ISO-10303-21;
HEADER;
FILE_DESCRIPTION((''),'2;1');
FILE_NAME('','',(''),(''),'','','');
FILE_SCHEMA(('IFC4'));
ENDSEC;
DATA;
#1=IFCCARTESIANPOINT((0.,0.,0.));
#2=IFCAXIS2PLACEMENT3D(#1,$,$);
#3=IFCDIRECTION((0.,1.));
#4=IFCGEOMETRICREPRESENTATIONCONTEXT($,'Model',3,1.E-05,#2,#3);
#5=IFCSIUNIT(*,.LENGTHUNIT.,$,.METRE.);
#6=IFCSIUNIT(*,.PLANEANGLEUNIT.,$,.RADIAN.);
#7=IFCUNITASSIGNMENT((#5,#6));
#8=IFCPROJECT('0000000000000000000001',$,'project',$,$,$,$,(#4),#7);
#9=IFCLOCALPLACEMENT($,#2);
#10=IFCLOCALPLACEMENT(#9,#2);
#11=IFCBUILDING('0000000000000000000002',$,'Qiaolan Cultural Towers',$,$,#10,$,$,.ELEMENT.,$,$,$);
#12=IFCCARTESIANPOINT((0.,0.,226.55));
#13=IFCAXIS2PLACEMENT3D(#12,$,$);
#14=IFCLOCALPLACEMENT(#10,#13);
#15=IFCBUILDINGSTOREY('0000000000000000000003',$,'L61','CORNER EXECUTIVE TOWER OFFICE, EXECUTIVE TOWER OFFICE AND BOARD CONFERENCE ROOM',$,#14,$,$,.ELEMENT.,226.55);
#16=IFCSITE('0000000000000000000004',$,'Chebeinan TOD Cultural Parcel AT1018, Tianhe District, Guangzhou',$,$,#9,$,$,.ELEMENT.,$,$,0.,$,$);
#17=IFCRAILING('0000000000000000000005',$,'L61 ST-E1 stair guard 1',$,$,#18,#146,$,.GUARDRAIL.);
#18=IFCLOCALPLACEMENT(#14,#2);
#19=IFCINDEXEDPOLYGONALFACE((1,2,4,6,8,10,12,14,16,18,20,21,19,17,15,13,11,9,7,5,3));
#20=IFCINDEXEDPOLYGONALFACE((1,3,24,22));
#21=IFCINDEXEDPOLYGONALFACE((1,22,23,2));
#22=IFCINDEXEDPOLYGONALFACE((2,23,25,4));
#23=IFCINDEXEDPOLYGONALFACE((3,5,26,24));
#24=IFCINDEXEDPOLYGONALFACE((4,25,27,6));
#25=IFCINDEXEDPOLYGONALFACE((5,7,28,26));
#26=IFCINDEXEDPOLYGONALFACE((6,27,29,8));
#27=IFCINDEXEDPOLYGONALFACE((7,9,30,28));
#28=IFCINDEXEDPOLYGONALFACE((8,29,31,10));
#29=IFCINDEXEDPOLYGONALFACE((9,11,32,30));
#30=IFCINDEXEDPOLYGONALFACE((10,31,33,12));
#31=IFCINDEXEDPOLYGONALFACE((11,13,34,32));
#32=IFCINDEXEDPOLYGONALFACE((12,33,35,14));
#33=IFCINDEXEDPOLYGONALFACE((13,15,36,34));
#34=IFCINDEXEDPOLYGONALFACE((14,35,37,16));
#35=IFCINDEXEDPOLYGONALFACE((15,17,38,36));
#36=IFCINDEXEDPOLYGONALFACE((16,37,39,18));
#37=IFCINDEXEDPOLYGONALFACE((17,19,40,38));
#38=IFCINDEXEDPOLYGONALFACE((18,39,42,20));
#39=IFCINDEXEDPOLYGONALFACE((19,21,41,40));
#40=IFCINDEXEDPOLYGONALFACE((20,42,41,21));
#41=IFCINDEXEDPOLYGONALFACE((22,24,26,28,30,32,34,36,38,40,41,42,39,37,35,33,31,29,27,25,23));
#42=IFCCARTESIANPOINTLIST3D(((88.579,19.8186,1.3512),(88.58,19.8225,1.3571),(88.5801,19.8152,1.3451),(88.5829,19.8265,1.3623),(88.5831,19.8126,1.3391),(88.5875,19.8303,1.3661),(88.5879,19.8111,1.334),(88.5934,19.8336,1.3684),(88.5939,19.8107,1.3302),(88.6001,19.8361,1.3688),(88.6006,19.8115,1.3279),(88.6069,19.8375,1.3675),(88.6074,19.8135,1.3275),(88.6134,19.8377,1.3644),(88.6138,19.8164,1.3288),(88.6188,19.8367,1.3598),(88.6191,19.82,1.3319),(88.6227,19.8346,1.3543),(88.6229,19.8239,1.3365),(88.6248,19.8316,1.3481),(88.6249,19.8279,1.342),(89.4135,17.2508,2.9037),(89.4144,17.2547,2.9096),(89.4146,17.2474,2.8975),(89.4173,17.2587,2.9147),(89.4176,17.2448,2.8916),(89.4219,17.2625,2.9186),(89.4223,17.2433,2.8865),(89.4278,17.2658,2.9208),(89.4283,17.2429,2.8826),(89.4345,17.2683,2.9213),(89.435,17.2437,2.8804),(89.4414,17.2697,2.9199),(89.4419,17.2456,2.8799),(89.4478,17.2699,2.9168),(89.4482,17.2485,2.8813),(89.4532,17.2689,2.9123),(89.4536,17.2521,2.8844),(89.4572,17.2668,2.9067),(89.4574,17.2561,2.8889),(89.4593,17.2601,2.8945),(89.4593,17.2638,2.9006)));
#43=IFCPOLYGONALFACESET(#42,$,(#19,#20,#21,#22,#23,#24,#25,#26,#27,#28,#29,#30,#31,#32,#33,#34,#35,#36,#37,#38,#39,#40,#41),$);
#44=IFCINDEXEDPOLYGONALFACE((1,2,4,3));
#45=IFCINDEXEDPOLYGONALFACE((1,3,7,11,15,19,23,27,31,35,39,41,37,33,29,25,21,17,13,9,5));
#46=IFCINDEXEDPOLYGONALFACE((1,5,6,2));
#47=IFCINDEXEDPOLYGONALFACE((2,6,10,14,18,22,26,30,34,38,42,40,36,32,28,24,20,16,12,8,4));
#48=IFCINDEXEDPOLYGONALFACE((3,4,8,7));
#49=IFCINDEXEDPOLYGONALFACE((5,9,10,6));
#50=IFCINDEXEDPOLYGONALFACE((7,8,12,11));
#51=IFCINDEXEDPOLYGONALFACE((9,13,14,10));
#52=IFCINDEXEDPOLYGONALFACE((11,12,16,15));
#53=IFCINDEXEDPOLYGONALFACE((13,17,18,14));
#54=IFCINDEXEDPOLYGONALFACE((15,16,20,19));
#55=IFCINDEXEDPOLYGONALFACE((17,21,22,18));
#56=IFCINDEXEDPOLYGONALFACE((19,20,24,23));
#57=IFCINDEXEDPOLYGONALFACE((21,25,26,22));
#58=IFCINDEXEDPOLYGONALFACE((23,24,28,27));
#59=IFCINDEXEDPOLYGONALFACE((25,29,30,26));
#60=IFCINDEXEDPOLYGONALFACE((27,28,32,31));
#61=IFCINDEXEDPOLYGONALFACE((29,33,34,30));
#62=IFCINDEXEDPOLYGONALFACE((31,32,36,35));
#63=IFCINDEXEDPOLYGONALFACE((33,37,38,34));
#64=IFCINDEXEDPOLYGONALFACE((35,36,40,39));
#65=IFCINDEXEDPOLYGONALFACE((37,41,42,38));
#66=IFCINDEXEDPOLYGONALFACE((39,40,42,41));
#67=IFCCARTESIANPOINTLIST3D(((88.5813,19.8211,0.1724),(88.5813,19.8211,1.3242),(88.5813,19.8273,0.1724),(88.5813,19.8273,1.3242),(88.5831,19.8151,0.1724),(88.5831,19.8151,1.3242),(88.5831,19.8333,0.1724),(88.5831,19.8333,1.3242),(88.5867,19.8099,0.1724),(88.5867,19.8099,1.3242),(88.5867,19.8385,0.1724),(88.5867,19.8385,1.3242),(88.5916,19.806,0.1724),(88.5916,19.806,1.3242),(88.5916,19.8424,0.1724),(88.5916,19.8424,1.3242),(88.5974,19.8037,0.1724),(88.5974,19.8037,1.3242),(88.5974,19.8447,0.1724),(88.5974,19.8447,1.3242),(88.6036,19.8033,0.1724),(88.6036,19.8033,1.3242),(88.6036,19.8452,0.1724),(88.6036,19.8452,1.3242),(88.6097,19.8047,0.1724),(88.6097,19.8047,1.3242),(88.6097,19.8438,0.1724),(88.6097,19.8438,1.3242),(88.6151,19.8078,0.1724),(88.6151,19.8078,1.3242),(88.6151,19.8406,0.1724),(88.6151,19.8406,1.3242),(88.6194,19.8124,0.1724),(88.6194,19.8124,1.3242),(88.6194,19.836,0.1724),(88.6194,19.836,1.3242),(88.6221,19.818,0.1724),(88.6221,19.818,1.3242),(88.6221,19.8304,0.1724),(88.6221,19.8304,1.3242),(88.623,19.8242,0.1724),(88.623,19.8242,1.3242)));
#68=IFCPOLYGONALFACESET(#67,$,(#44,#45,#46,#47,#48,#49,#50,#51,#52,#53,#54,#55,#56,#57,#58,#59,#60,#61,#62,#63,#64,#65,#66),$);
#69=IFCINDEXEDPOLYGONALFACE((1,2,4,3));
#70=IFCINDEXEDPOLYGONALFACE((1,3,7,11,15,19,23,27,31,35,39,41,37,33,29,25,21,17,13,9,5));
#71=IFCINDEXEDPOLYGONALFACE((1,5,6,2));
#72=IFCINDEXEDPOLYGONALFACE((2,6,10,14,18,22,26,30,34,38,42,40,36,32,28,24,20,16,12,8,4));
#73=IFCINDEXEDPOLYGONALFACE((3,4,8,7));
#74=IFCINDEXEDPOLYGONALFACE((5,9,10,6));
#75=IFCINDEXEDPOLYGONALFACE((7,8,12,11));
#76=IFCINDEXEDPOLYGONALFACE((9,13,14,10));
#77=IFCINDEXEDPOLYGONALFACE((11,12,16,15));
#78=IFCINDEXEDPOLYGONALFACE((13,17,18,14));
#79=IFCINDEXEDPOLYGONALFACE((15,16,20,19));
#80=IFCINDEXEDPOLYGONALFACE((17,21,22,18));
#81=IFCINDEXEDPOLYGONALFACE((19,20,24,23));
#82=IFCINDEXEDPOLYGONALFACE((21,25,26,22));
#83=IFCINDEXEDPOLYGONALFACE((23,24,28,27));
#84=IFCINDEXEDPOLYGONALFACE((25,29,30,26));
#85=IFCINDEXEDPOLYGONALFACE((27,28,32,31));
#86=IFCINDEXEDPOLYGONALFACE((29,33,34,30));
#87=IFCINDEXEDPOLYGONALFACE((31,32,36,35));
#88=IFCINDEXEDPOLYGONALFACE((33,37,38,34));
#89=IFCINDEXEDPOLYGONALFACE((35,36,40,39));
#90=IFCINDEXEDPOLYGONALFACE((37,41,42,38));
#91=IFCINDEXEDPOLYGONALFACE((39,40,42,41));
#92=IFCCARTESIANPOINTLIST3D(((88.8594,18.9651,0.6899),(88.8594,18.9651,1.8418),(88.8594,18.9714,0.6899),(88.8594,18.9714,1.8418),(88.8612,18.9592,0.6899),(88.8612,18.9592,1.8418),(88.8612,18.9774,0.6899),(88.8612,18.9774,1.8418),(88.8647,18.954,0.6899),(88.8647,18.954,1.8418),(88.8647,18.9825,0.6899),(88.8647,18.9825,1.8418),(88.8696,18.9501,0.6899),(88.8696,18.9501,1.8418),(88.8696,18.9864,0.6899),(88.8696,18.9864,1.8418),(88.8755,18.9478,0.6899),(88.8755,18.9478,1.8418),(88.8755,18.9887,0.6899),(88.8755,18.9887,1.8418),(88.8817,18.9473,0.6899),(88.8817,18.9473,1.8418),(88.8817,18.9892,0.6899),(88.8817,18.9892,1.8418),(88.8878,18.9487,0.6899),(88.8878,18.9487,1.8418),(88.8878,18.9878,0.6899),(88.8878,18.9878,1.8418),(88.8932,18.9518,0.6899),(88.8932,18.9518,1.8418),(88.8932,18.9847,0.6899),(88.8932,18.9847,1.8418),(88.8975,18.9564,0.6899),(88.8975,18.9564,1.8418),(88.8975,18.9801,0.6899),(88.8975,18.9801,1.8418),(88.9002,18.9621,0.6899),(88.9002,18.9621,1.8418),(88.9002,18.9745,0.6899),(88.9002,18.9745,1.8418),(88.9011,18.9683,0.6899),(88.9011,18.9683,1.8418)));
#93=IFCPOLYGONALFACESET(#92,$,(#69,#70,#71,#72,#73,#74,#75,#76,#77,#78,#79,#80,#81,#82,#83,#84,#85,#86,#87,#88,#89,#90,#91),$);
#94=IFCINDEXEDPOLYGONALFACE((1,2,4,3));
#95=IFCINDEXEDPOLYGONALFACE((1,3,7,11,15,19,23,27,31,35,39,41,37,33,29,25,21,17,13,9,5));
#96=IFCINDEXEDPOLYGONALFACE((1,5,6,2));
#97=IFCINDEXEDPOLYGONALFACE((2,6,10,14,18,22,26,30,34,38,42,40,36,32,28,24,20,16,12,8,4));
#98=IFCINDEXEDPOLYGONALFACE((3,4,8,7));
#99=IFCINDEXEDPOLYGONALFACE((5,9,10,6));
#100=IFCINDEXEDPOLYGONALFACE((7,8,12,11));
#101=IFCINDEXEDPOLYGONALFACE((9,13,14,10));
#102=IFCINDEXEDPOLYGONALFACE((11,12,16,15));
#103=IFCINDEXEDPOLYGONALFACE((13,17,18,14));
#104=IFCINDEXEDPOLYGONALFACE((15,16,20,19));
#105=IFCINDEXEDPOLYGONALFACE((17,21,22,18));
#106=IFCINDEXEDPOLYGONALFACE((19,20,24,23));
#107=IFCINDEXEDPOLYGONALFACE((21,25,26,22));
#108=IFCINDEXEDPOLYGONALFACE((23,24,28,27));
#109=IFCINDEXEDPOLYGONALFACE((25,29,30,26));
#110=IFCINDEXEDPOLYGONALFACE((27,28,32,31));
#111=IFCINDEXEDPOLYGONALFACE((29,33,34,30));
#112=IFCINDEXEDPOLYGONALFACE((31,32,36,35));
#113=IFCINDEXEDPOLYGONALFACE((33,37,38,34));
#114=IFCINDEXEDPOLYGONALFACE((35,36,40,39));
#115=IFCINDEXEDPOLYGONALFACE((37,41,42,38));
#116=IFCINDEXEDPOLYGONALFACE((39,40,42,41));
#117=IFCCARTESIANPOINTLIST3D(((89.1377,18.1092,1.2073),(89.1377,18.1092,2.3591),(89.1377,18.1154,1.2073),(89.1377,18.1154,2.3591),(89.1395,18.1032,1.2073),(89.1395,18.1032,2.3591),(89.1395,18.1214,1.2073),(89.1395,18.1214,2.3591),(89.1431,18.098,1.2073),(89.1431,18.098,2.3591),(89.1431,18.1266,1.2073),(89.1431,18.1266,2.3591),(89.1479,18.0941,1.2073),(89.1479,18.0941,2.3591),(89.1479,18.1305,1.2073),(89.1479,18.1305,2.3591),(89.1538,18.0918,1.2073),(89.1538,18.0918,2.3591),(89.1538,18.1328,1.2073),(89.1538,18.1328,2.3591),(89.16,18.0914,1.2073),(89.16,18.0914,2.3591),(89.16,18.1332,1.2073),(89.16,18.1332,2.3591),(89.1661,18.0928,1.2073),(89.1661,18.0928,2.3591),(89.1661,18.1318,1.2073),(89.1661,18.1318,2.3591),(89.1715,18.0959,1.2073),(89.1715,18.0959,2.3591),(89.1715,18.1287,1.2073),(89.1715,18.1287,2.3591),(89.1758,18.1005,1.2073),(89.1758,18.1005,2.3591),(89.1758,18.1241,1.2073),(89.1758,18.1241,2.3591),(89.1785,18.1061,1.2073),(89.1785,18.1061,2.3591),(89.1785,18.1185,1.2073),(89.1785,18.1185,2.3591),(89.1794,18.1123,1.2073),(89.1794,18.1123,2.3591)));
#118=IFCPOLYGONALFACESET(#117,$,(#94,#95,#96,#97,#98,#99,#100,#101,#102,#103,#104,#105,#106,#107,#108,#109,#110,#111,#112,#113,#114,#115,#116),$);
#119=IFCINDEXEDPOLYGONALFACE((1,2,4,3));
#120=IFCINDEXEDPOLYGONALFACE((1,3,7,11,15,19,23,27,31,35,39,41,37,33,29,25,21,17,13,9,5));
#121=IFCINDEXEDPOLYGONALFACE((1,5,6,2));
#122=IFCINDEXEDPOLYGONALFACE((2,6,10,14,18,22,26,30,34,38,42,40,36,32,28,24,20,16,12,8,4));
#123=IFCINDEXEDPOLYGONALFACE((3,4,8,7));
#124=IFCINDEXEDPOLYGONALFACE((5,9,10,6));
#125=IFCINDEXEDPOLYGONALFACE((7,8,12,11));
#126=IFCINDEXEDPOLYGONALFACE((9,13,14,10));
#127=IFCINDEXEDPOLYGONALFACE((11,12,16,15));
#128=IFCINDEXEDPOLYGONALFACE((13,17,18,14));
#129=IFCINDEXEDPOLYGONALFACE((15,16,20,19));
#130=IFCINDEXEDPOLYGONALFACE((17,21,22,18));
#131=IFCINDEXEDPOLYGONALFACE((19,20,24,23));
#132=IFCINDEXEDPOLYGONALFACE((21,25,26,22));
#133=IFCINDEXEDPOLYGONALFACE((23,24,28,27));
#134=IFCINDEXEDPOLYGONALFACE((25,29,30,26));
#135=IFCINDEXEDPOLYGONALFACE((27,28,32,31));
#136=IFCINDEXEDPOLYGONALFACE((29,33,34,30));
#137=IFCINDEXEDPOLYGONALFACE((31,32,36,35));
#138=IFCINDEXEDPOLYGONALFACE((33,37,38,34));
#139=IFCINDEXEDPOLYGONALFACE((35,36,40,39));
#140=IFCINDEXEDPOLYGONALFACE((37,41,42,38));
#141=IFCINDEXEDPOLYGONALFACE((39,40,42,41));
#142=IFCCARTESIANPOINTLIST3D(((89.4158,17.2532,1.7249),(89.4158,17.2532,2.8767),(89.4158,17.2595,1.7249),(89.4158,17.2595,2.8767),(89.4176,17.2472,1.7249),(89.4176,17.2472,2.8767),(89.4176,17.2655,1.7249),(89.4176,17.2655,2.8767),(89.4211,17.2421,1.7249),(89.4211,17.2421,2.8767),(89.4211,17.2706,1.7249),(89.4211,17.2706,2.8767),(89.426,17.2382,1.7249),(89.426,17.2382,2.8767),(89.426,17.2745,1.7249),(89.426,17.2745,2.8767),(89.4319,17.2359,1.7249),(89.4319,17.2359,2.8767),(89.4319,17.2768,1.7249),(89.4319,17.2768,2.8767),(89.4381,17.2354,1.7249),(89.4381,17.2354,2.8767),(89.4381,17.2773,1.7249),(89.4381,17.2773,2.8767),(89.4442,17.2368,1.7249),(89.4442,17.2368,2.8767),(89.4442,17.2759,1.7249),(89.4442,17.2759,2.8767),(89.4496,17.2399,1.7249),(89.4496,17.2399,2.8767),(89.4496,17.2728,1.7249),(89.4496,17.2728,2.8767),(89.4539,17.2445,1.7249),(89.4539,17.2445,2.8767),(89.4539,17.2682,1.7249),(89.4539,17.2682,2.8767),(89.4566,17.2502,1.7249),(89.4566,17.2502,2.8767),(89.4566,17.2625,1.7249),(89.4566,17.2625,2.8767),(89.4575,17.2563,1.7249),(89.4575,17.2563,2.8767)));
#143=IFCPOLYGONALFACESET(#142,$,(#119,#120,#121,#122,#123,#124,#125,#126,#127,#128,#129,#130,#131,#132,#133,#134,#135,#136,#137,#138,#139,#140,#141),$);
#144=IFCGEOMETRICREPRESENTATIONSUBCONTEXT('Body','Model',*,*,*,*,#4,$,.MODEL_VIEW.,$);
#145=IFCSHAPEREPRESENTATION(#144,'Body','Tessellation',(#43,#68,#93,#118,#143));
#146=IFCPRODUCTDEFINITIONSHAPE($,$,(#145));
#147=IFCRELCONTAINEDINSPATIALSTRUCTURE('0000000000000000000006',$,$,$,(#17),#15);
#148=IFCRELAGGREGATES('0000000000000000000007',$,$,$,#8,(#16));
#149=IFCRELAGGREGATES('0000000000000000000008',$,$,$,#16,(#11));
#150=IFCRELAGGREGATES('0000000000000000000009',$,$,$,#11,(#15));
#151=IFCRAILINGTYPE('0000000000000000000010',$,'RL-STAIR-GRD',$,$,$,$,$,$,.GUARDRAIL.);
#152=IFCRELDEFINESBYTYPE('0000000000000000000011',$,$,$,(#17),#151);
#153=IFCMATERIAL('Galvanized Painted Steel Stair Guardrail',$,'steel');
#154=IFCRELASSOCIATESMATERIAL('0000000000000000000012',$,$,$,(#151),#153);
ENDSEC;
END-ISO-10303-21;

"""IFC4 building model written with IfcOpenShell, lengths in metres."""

from ifc_helpers import new_model, si_unit, direction, frame, origin, origin_2d, place, context, subcontext, project, spatial, circle, extrude, material, type_object, element, save


model = new_model("IFC4")

# Units and contexts
model_context = context("Model", 3, precision=1e-05, world=origin(), true_north=direction((0.0, 1.0)))
body_context = subcontext(model_context, "Body", "Model", "MODEL_VIEW")
ifc_project = project(units=[si_unit("LENGTHUNIT", "METRE"), si_unit("PLANEANGLEUNIT", "RADIAN")], contexts=[model_context])

# Site, building, storey
site_placement = place(None, origin())
site = spatial("IfcSite", under=ifc_project, at=site_placement, Name="Chebeinan TOD Cultural Parcel AT1018, Tianhe District, Guangzhou", CompositionType="ELEMENT", RefElevation=0.0)
building_placement = place(site_placement, origin())
building = spatial("IfcBuilding", under=site, at=building_placement, Name="Qiaolan Cultural Towers", CompositionType="ELEMENT")
storey_placement = place(building_placement, frame((0.0, 0.0, 226.55)))
storey = spatial("IfcBuildingStorey", under=building, at=storey_placement, Name="L61", Description="CORNER EXECUTIVE TOWER OFFICE, EXECUTIVE TOWER OFFICE AND BOARD CONFERENCE ROOM", CompositionType="ELEMENT", Elevation=226.55)

# Railing
ifc_material_1 = material(Name="Galvanized Painted Steel Stair Guardrail", Category="steel")
railing_type_1 = type_object("IfcRailingType", Name="RL-STAIR-GRD", PredefinedType="GUARDRAIL", material=ifc_material_1)
railing_1_placement = place(storey_placement, frame((88.6021, 19.8242, 0.1724)))
element("IfcRailing", 1, at=railing_1_placement, inside=storey, type_object=railing_type_1, Name="L61 ST-E1 stair guard 1", PredefinedType="GUARDRAIL", context=body_context, shape_type="SweptSolid", body=[
    extrude(circle(Radius=0.0239, at=origin_2d()), frame((0.0, 0.0, 1.1758), z_axis=(0.267926, -0.824471, 0.498461), x_axis=(0.951043, 0.309057, 0.0)), (0.0, 0.0, 1.0), 3.1145),
    extrude(circle(Radius=0.021, at=origin_2d()), origin(), (0.0, 0.0, 1.0), 1.1519),
    extrude(circle(Radius=0.021, at=origin_2d()), frame((0.2781, -0.856, 0.5176)), (0.0, 0.0, 1.0), 1.1519),
    extrude(circle(Radius=0.021, at=origin_2d()), frame((0.5564, -1.7119, 1.0349)), (0.0, 0.0, 1.0), 1.1519),
    extrude(circle(Radius=0.021, at=origin_2d()), frame((0.8345, -2.5679, 1.5525)), (0.0, 0.0, 1.0), 1.1519),
])

save(model, "model.ifc")
